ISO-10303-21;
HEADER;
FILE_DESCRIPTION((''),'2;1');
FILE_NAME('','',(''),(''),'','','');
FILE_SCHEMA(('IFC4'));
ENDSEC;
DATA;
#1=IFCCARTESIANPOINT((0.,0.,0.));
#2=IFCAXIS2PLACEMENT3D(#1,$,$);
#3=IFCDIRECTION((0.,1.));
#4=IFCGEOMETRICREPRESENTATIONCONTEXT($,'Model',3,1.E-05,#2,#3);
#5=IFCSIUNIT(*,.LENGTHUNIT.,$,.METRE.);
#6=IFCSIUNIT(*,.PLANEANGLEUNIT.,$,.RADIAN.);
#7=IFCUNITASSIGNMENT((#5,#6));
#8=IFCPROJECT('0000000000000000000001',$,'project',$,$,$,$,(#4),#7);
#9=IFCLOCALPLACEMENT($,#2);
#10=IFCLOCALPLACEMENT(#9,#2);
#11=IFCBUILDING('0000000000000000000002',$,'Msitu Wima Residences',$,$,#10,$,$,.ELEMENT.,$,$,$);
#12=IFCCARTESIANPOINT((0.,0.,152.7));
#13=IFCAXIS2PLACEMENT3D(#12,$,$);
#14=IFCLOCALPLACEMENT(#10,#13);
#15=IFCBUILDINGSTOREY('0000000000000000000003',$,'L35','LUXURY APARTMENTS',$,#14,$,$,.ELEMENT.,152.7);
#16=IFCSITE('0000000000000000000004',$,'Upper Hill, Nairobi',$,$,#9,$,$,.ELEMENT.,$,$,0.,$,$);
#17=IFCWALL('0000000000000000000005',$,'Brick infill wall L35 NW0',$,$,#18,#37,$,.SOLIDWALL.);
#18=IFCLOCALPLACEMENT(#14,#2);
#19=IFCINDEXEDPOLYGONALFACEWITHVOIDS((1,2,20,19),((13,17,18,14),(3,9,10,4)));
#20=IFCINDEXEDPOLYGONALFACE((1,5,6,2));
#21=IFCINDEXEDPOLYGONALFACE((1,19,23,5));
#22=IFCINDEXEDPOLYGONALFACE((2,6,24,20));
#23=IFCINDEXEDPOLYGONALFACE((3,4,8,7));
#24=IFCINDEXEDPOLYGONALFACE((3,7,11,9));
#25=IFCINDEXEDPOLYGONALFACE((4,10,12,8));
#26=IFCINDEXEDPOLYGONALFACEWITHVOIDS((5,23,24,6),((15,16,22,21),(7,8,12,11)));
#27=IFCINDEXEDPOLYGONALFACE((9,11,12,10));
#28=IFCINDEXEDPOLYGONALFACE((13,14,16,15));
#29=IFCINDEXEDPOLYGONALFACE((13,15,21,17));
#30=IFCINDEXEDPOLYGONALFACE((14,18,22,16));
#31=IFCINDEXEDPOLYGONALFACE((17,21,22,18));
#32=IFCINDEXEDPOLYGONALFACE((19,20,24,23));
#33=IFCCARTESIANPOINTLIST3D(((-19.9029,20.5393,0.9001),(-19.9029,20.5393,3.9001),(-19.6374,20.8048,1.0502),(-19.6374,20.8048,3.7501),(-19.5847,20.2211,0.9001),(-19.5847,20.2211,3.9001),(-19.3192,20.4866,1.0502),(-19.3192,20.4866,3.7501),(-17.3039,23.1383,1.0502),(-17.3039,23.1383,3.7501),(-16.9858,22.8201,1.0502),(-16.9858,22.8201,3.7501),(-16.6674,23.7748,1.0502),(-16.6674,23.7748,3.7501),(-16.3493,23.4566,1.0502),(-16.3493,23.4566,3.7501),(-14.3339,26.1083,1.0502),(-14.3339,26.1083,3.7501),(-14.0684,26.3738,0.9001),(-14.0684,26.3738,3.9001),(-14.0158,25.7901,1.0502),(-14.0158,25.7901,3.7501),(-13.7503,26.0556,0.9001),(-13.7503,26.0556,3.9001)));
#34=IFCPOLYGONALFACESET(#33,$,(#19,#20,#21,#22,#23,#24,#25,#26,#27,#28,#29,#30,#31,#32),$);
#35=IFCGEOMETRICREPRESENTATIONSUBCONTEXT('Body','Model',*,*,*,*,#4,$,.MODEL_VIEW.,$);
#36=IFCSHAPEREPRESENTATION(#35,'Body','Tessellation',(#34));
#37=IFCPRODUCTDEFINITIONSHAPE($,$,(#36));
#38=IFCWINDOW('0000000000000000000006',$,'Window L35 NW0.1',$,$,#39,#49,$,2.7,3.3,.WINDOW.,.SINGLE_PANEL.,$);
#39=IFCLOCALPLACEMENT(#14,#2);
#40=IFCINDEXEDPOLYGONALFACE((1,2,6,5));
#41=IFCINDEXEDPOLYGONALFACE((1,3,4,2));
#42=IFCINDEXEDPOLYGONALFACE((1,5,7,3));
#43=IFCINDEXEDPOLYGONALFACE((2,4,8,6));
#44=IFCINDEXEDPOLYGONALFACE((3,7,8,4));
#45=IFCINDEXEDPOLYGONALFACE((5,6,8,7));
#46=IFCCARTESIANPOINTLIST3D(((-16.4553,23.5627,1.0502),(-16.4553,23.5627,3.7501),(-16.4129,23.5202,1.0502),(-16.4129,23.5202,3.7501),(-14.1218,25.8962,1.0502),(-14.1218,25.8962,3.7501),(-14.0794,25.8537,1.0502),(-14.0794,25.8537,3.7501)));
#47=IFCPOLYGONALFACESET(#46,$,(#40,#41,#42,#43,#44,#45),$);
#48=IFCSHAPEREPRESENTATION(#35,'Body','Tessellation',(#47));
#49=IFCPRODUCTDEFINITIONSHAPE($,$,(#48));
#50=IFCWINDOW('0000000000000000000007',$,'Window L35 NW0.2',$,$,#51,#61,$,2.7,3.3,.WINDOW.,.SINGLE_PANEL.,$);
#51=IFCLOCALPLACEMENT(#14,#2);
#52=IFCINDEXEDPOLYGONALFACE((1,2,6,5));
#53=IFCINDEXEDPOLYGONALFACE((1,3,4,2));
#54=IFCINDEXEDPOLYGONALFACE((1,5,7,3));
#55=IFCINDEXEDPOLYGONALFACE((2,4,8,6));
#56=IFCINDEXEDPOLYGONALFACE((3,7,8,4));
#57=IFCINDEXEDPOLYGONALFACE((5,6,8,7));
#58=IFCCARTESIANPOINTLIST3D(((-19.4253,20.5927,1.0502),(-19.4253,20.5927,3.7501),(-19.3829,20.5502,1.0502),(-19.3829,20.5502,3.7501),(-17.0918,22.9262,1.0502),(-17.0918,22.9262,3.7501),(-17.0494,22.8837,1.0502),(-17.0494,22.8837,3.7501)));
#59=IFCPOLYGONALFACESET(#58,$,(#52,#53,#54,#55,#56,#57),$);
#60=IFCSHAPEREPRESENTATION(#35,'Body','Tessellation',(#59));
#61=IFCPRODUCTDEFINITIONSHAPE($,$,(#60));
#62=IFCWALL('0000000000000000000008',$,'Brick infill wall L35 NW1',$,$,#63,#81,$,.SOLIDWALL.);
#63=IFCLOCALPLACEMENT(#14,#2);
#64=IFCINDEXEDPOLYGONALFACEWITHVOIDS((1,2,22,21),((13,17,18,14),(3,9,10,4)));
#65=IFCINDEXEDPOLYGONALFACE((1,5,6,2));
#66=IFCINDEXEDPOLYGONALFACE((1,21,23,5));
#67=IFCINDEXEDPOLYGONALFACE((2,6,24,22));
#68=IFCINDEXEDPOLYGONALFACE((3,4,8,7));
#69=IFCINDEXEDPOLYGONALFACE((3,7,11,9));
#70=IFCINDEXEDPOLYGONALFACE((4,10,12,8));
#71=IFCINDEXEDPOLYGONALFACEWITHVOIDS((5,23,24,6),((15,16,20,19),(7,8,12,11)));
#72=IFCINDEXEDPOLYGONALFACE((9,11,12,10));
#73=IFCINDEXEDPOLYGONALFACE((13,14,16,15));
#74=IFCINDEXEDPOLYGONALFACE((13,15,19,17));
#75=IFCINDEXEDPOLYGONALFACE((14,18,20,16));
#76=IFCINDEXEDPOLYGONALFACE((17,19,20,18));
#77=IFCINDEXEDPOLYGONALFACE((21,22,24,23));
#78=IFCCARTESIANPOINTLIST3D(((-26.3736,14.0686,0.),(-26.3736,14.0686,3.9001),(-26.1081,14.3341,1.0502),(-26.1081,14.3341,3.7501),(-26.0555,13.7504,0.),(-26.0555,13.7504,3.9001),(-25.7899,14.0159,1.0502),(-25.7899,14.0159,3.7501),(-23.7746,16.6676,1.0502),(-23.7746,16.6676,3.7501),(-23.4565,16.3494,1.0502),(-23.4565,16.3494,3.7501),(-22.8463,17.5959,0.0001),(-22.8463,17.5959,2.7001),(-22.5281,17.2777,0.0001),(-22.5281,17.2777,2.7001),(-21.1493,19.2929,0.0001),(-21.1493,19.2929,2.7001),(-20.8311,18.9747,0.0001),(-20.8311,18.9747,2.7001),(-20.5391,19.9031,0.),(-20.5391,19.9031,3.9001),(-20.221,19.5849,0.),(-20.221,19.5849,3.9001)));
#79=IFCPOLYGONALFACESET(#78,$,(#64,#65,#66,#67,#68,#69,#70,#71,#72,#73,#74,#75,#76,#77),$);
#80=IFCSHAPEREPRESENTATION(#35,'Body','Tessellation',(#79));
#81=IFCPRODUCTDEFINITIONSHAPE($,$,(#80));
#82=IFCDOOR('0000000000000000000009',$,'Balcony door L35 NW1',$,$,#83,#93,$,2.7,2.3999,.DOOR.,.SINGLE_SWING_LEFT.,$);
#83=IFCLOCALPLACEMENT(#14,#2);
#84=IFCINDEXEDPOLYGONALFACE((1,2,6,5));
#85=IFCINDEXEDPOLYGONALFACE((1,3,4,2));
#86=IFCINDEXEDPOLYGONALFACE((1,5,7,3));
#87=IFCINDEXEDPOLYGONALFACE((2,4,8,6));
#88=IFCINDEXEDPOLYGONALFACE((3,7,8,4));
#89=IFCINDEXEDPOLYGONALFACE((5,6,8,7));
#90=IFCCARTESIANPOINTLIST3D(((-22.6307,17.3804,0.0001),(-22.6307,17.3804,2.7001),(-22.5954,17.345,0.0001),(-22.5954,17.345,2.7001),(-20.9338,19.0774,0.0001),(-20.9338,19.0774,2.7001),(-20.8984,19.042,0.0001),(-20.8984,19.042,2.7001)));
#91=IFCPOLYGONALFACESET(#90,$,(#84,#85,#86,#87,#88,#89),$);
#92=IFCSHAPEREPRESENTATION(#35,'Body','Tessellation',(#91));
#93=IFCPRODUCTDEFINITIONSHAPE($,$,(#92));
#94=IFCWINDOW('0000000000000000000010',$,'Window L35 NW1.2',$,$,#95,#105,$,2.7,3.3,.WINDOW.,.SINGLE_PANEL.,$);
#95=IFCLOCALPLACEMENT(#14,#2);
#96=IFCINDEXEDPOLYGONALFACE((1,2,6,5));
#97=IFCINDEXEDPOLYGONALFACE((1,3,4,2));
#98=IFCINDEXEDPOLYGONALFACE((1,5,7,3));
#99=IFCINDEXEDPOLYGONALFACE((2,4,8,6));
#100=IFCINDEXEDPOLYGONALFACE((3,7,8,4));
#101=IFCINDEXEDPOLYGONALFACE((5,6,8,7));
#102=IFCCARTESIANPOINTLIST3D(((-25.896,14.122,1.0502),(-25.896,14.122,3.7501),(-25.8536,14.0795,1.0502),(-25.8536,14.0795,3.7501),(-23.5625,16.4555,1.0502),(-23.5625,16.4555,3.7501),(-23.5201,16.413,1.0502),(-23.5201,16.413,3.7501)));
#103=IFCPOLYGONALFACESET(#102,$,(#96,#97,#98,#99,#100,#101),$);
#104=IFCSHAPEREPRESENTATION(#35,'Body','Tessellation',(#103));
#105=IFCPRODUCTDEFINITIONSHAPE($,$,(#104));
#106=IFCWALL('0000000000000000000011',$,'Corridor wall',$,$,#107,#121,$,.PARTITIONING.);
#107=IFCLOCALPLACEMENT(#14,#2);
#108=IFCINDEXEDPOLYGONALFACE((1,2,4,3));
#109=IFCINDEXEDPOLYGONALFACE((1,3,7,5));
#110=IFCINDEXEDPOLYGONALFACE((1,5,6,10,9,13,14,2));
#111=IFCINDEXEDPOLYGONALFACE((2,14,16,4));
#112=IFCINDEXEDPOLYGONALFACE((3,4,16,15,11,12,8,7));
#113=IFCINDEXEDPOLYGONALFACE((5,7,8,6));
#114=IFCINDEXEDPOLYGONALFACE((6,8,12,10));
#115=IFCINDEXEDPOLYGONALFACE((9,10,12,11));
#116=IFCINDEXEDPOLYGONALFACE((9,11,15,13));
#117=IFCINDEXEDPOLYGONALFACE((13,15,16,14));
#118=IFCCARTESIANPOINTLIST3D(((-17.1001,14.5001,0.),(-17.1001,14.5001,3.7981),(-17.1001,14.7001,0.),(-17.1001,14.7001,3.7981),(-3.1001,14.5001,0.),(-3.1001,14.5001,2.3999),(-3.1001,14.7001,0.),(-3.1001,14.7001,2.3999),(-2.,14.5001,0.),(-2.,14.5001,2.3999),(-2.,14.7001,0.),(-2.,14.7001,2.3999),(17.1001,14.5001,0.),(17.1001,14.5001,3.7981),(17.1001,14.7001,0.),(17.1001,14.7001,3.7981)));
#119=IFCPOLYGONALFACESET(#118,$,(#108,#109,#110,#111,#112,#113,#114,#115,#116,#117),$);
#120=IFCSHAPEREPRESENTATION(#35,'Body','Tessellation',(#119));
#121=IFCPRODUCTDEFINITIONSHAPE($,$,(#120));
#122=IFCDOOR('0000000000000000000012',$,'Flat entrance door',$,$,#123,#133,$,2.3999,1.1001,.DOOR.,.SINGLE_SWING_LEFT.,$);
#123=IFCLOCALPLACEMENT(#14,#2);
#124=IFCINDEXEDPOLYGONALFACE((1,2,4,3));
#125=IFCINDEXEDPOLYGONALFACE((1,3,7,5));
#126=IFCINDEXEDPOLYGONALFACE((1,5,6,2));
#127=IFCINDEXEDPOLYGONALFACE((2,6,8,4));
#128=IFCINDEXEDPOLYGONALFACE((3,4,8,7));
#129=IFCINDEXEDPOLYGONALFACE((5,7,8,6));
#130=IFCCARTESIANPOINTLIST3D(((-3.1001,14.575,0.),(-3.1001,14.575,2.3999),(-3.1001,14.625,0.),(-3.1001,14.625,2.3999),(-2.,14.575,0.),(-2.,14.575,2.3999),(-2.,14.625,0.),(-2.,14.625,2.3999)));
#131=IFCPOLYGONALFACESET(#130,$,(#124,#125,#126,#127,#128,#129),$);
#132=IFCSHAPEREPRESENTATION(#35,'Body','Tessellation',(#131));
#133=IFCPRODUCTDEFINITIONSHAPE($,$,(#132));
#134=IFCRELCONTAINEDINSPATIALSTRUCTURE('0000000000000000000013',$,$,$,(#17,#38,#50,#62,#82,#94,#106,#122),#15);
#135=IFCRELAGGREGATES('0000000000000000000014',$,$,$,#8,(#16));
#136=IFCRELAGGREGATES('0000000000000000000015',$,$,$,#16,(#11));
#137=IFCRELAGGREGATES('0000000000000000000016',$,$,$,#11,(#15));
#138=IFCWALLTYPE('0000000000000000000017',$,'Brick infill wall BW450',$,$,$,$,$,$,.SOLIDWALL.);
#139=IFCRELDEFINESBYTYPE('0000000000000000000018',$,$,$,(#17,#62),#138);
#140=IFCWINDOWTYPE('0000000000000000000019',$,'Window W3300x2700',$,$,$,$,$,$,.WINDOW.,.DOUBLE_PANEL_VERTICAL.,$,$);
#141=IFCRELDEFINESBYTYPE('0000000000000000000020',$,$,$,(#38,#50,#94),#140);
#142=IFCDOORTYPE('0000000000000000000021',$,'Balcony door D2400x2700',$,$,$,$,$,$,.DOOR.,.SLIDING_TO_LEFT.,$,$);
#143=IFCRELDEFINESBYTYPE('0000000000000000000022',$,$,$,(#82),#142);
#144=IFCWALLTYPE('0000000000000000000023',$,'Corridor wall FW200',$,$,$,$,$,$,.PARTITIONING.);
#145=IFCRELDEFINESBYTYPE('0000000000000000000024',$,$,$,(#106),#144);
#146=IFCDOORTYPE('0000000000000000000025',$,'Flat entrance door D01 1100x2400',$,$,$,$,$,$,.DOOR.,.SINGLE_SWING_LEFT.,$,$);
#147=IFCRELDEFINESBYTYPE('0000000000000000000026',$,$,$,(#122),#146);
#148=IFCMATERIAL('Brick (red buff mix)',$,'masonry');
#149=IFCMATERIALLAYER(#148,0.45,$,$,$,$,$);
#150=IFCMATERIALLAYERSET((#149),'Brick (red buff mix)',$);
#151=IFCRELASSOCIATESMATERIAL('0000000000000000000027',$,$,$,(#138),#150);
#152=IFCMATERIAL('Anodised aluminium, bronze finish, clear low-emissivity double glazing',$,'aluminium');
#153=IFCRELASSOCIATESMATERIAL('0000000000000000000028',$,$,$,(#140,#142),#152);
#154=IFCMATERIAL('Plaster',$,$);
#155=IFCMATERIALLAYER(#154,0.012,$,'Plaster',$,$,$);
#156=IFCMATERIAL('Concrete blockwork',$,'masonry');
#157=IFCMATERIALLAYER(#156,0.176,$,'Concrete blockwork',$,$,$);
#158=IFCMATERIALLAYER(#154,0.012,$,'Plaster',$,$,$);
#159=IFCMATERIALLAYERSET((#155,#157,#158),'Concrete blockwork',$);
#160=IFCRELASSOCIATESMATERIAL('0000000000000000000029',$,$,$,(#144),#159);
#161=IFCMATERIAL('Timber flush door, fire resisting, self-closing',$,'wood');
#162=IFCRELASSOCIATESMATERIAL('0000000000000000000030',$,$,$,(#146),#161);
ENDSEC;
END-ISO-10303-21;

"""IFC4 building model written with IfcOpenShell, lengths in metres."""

from ifc_helpers import new_model, si_unit, direction, frame, frame_2d, origin, place, context, subcontext, project, spatial, rectangle, extrude, material, layer, layer_set, type_object, element, fill, save


model = new_model("IFC4")

# Units and contexts
model_context = context("Model", 3, precision=1e-05, world=origin(), true_north=direction((0.0, 1.0)))
body_context = subcontext(model_context, "Body", "Model", "MODEL_VIEW")
ifc_project = project(units=[si_unit("LENGTHUNIT", "METRE"), si_unit("PLANEANGLEUNIT", "RADIAN")], contexts=[model_context])

# Site, building, storey
site_placement = place(None, origin())
site = spatial("IfcSite", under=ifc_project, at=site_placement, Name="Upper Hill, Nairobi", CompositionType="ELEMENT", RefElevation=0.0)
building_placement = place(site_placement, origin())
building = spatial("IfcBuilding", under=site, at=building_placement, Name="Msitu Wima Residences", CompositionType="ELEMENT")
storey_placement = place(building_placement, frame((0.0, 0.0, 152.7)))
storey = spatial("IfcBuildingStorey", under=building, at=storey_placement, Name="L35", Description="LUXURY APARTMENTS", CompositionType="ELEMENT", Elevation=152.7)

# Wall, openings, windows
ifc_material_1 = material(Name="Brick (red buff mix)", Category="masonry")
ifc_layer_1 = layer(ifc_material_1, 0.45)
ifc_layer_set_1 = layer_set([ifc_layer_1], Name="Brick (red buff mix)")
wall_type_1 = type_object("IfcWallType", Name="Brick infill wall BW450", PredefinedType="SOLIDWALL", material=ifc_layer_set_1)
wall_1_placement = place(storey_placement, frame((-13.9094, 26.2146, 0.9001), z_axis=(0.0, 0.0, 1.0), x_axis=(-0.707107, -0.707107, 0.0)))
wall_1 = element("IfcWall", 1, at=wall_1_placement, inside=storey, type_object=wall_type_1, Name="Brick infill wall L35 NW0", PredefinedType="SOLIDWALL", context=body_context, shape_type="SweptSolid", body=[
    extrude(rectangle(XDim=8.2512, YDim=0.45, at=frame_2d((4.1255, 0.0))), origin(), (0.0, 0.0, 1.0), 3.0),
])
opening_1_placement = place(wall_1_placement, frame((0.3755, 0.0, 0.1499)))
opening_1 = element("IfcOpeningElement", 2, at=opening_1_placement, cuts=wall_1, PredefinedType="OPENING", context=body_context, shape_type="SweptSolid", body=[
    extrude(rectangle(XDim=3.3, YDim=2.7, at=frame_2d((1.6499, 1.3501))), frame((0.0, 0.2349, 0.0), z_axis=(0.0, -1.0, 0.0), x_axis=(1.0, 0.0, 0.0)), (0.0, 0.0, 1.0), 0.47),
])
opening_2_placement = place(wall_1_placement, frame((4.5757, 0.0, 0.1499)))
opening_2 = element("IfcOpeningElement", 3, at=opening_2_placement, cuts=wall_1, PredefinedType="OPENING", context=body_context, shape_type="SweptSolid", body=[
    extrude(rectangle(XDim=3.3, YDim=2.7, at=frame_2d((1.6499, 1.3501))), frame((0.0, 0.2349, 0.0), z_axis=(0.0, -1.0, 0.0), x_axis=(1.0, 0.0, 0.0)), (0.0, 0.0, 1.0), 0.47),
])
ifc_material_2 = material(Name="Anodised aluminium, bronze finish, clear low-emissivity double glazing", Category="aluminium")
window_type = type_object("IfcWindowType", Name="Window W3300x2700", PartitioningType="DOUBLE_PANEL_VERTICAL", PredefinedType="WINDOW", material=ifc_material_2)
window_1_placement = place(opening_1_placement, origin())
window_1 = element("IfcWindow", 4, at=window_1_placement, inside=storey, type_object=window_type, Name="Window L35 NW0.1", OverallHeight=2.7, OverallWidth=3.3, PartitioningType="SINGLE_PANEL", PredefinedType="WINDOW", context=body_context, shape_type="SweptSolid", body=[
    extrude(rectangle(XDim=3.3, YDim=2.7, at=frame_2d((1.6499, 1.3501))), frame((0.0, 0.135, 0.0), z_axis=(0.0, -1.0, 0.0), x_axis=(1.0, 0.0, 0.0)), (0.0, 0.0, 1.0), 0.0601),
])
fill(opening_1, window_1)
window_2_placement = place(opening_2_placement, origin())
window_2 = element("IfcWindow", 5, at=window_2_placement, inside=storey, type_object=window_type, Name="Window L35 NW0.2", OverallHeight=2.7, OverallWidth=3.3, PartitioningType="SINGLE_PANEL", PredefinedType="WINDOW", context=body_context, shape_type="SweptSolid", body=[
    extrude(rectangle(XDim=3.3, YDim=2.7, at=frame_2d((1.6499, 1.3501))), frame((0.0, 0.135, 0.0), z_axis=(0.0, -1.0, 0.0), x_axis=(1.0, 0.0, 0.0)), (0.0, 0.0, 1.0), 0.0601),
])
fill(opening_2, window_2)

# Wall, openings, door, window
wall_2_placement = place(storey_placement, frame((-20.3801, 19.7439, 0.0), z_axis=(0.0, 0.0, 1.0), x_axis=(-0.707107, -0.707107, 0.0)))
wall_2 = element("IfcWall", 6, at=wall_2_placement, inside=storey, type_object=wall_type_1, Name="Brick infill wall L35 NW1", PredefinedType="SOLIDWALL", context=body_context, shape_type="SweptSolid", body=[
    extrude(rectangle(XDim=8.2512, YDim=0.45, at=frame_2d((4.1255, 0.0))), origin(), (0.0, 0.0, 1.0), 3.9001),
])
opening_3_placement = place(wall_2_placement, frame((0.8628, 0.0, 0.0)))
opening_3 = element("IfcOpeningElement", 7, at=opening_3_placement, cuts=wall_2, PredefinedType="OPENING", context=body_context, shape_type="SweptSolid", body=[
    extrude(rectangle(XDim=2.3999, YDim=2.7, at=frame_2d((1.2, 1.3501))), frame((0.0, 0.2349, 0.0), z_axis=(0.0, -1.0, 0.0), x_axis=(1.0, 0.0, 0.0)), (0.0, 0.0, 1.0), 0.47),
])
opening_4_placement = place(wall_2_placement, frame((4.5757, 0.0, 1.05)))
opening_4 = element("IfcOpeningElement", 8, at=opening_4_placement, cuts=wall_2, PredefinedType="OPENING", context=body_context, shape_type="SweptSolid", body=[
    extrude(rectangle(XDim=3.3, YDim=2.7, at=frame_2d((1.6499, 1.3501))), frame((0.0, 0.2349, 0.0), z_axis=(0.0, -1.0, 0.0), x_axis=(1.0, 0.0, 0.0)), (0.0, 0.0, 1.0), 0.47),
])
door_type_1 = type_object("IfcDoorType", Name="Balcony door D2400x2700", OperationType="SLIDING_TO_LEFT", PredefinedType="DOOR", material=ifc_material_2)
door_1_placement = place(opening_3_placement, origin())
door_1 = element("IfcDoor", 9, at=door_1_placement, inside=storey, type_object=door_type_1, Name="Balcony door L35 NW1", OperationType="SINGLE_SWING_LEFT", OverallHeight=2.7, OverallWidth=2.3999, PredefinedType="DOOR", context=body_context, shape_type="SweptSolid", body=[
    extrude(rectangle(XDim=2.3999, YDim=2.7, at=frame_2d((1.2, 1.3501))), frame((0.0, 0.1299, 0.0), z_axis=(0.0, -1.0, 0.0), x_axis=(1.0, 0.0, 0.0)), (0.0, 0.0, 1.0), 0.05),
])
fill(opening_3, door_1)
window_3_placement = place(opening_4_placement, origin())
window_3 = element("IfcWindow", 10, at=window_3_placement, inside=storey, type_object=window_type, Name="Window L35 NW1.2", OverallHeight=2.7, OverallWidth=3.3, PartitioningType="SINGLE_PANEL", PredefinedType="WINDOW", context=body_context, shape_type="SweptSolid", body=[
    extrude(rectangle(XDim=3.3, YDim=2.7, at=frame_2d((1.6499, 1.3501))), frame((0.0, 0.135, 0.0), z_axis=(0.0, -1.0, 0.0), x_axis=(1.0, 0.0, 0.0)), (0.0, 0.0, 1.0), 0.0601),
])
fill(opening_4, window_3)

# Wall, opening, door
ifc_material_3 = material(Name="Plaster")
ifc_layer_2 = layer(ifc_material_3, 0.012, Name="Plaster")
ifc_material_4 = material(Name="Concrete blockwork", Category="masonry")
ifc_layer_3 = layer(ifc_material_4, 0.176, Name="Concrete blockwork")
ifc_layer_4 = layer(ifc_material_3, 0.012, Name="Plaster")
ifc_layer_set_2 = layer_set([ifc_layer_2, ifc_layer_3, ifc_layer_4], Name="Concrete blockwork")
wall_type_2 = type_object("IfcWallType", Name="Corridor wall FW200", PredefinedType="PARTITIONING", material=ifc_layer_set_2)
wall_3_placement = place(storey_placement, frame((-17.1001, 14.6001, 0.0), z_axis=(0.0, 0.0, 1.0), x_axis=(1.0, 0.0, 0.0)))
wall_3 = element("IfcWall", 11, at=wall_3_placement, inside=storey, type_object=wall_type_2, Name="Corridor wall", PredefinedType="PARTITIONING", context=body_context, shape_type="SweptSolid", body=[
    extrude(rectangle(XDim=34.2002, YDim=0.2, at=frame_2d((17.1001, 0.0))), origin(), (0.0, 0.0, 1.0), 3.7981),
])
opening_5_placement = place(wall_3_placement, frame((14.0, 0.0, 0.0)))
opening_5 = element("IfcOpeningElement", 12, at=opening_5_placement, cuts=wall_3, PredefinedType="OPENING", context=body_context, shape_type="SweptSolid", body=[
    extrude(rectangle(XDim=1.1001, YDim=2.3999, at=frame_2d((0.55, 1.2))), frame((0.0, 0.1099, 0.0), z_axis=(0.0, -1.0, 0.0), x_axis=(1.0, 0.0, 0.0)), (0.0, 0.0, 1.0), 0.22),
])
ifc_material_5 = material(Name="Timber flush door, fire resisting, self-closing", Category="wood")
door_type_2 = type_object("IfcDoorType", Name="Flat entrance door D01 1100x2400", OperationType="SINGLE_SWING_LEFT", PredefinedType="DOOR", material=ifc_material_5)
door_2_placement = place(opening_5_placement, origin())
door_2 = element("IfcDoor", 13, at=door_2_placement, inside=storey, type_object=door_type_2, Name="Flat entrance door", OperationType="SINGLE_SWING_LEFT", OverallHeight=2.3999, OverallWidth=1.1001, PredefinedType="DOOR", context=body_context, shape_type="SweptSolid", body=[
    extrude(rectangle(XDim=1.1001, YDim=2.3999, at=frame_2d((0.55, 1.2))), frame((0.0, 0.0249, 0.0), z_axis=(0.0, -1.0, 0.0), x_axis=(1.0, 0.0, 0.0)), (0.0, 0.0, 1.0), 0.05),
])
fill(opening_5, door_2)

save(model, "model.ifc")
